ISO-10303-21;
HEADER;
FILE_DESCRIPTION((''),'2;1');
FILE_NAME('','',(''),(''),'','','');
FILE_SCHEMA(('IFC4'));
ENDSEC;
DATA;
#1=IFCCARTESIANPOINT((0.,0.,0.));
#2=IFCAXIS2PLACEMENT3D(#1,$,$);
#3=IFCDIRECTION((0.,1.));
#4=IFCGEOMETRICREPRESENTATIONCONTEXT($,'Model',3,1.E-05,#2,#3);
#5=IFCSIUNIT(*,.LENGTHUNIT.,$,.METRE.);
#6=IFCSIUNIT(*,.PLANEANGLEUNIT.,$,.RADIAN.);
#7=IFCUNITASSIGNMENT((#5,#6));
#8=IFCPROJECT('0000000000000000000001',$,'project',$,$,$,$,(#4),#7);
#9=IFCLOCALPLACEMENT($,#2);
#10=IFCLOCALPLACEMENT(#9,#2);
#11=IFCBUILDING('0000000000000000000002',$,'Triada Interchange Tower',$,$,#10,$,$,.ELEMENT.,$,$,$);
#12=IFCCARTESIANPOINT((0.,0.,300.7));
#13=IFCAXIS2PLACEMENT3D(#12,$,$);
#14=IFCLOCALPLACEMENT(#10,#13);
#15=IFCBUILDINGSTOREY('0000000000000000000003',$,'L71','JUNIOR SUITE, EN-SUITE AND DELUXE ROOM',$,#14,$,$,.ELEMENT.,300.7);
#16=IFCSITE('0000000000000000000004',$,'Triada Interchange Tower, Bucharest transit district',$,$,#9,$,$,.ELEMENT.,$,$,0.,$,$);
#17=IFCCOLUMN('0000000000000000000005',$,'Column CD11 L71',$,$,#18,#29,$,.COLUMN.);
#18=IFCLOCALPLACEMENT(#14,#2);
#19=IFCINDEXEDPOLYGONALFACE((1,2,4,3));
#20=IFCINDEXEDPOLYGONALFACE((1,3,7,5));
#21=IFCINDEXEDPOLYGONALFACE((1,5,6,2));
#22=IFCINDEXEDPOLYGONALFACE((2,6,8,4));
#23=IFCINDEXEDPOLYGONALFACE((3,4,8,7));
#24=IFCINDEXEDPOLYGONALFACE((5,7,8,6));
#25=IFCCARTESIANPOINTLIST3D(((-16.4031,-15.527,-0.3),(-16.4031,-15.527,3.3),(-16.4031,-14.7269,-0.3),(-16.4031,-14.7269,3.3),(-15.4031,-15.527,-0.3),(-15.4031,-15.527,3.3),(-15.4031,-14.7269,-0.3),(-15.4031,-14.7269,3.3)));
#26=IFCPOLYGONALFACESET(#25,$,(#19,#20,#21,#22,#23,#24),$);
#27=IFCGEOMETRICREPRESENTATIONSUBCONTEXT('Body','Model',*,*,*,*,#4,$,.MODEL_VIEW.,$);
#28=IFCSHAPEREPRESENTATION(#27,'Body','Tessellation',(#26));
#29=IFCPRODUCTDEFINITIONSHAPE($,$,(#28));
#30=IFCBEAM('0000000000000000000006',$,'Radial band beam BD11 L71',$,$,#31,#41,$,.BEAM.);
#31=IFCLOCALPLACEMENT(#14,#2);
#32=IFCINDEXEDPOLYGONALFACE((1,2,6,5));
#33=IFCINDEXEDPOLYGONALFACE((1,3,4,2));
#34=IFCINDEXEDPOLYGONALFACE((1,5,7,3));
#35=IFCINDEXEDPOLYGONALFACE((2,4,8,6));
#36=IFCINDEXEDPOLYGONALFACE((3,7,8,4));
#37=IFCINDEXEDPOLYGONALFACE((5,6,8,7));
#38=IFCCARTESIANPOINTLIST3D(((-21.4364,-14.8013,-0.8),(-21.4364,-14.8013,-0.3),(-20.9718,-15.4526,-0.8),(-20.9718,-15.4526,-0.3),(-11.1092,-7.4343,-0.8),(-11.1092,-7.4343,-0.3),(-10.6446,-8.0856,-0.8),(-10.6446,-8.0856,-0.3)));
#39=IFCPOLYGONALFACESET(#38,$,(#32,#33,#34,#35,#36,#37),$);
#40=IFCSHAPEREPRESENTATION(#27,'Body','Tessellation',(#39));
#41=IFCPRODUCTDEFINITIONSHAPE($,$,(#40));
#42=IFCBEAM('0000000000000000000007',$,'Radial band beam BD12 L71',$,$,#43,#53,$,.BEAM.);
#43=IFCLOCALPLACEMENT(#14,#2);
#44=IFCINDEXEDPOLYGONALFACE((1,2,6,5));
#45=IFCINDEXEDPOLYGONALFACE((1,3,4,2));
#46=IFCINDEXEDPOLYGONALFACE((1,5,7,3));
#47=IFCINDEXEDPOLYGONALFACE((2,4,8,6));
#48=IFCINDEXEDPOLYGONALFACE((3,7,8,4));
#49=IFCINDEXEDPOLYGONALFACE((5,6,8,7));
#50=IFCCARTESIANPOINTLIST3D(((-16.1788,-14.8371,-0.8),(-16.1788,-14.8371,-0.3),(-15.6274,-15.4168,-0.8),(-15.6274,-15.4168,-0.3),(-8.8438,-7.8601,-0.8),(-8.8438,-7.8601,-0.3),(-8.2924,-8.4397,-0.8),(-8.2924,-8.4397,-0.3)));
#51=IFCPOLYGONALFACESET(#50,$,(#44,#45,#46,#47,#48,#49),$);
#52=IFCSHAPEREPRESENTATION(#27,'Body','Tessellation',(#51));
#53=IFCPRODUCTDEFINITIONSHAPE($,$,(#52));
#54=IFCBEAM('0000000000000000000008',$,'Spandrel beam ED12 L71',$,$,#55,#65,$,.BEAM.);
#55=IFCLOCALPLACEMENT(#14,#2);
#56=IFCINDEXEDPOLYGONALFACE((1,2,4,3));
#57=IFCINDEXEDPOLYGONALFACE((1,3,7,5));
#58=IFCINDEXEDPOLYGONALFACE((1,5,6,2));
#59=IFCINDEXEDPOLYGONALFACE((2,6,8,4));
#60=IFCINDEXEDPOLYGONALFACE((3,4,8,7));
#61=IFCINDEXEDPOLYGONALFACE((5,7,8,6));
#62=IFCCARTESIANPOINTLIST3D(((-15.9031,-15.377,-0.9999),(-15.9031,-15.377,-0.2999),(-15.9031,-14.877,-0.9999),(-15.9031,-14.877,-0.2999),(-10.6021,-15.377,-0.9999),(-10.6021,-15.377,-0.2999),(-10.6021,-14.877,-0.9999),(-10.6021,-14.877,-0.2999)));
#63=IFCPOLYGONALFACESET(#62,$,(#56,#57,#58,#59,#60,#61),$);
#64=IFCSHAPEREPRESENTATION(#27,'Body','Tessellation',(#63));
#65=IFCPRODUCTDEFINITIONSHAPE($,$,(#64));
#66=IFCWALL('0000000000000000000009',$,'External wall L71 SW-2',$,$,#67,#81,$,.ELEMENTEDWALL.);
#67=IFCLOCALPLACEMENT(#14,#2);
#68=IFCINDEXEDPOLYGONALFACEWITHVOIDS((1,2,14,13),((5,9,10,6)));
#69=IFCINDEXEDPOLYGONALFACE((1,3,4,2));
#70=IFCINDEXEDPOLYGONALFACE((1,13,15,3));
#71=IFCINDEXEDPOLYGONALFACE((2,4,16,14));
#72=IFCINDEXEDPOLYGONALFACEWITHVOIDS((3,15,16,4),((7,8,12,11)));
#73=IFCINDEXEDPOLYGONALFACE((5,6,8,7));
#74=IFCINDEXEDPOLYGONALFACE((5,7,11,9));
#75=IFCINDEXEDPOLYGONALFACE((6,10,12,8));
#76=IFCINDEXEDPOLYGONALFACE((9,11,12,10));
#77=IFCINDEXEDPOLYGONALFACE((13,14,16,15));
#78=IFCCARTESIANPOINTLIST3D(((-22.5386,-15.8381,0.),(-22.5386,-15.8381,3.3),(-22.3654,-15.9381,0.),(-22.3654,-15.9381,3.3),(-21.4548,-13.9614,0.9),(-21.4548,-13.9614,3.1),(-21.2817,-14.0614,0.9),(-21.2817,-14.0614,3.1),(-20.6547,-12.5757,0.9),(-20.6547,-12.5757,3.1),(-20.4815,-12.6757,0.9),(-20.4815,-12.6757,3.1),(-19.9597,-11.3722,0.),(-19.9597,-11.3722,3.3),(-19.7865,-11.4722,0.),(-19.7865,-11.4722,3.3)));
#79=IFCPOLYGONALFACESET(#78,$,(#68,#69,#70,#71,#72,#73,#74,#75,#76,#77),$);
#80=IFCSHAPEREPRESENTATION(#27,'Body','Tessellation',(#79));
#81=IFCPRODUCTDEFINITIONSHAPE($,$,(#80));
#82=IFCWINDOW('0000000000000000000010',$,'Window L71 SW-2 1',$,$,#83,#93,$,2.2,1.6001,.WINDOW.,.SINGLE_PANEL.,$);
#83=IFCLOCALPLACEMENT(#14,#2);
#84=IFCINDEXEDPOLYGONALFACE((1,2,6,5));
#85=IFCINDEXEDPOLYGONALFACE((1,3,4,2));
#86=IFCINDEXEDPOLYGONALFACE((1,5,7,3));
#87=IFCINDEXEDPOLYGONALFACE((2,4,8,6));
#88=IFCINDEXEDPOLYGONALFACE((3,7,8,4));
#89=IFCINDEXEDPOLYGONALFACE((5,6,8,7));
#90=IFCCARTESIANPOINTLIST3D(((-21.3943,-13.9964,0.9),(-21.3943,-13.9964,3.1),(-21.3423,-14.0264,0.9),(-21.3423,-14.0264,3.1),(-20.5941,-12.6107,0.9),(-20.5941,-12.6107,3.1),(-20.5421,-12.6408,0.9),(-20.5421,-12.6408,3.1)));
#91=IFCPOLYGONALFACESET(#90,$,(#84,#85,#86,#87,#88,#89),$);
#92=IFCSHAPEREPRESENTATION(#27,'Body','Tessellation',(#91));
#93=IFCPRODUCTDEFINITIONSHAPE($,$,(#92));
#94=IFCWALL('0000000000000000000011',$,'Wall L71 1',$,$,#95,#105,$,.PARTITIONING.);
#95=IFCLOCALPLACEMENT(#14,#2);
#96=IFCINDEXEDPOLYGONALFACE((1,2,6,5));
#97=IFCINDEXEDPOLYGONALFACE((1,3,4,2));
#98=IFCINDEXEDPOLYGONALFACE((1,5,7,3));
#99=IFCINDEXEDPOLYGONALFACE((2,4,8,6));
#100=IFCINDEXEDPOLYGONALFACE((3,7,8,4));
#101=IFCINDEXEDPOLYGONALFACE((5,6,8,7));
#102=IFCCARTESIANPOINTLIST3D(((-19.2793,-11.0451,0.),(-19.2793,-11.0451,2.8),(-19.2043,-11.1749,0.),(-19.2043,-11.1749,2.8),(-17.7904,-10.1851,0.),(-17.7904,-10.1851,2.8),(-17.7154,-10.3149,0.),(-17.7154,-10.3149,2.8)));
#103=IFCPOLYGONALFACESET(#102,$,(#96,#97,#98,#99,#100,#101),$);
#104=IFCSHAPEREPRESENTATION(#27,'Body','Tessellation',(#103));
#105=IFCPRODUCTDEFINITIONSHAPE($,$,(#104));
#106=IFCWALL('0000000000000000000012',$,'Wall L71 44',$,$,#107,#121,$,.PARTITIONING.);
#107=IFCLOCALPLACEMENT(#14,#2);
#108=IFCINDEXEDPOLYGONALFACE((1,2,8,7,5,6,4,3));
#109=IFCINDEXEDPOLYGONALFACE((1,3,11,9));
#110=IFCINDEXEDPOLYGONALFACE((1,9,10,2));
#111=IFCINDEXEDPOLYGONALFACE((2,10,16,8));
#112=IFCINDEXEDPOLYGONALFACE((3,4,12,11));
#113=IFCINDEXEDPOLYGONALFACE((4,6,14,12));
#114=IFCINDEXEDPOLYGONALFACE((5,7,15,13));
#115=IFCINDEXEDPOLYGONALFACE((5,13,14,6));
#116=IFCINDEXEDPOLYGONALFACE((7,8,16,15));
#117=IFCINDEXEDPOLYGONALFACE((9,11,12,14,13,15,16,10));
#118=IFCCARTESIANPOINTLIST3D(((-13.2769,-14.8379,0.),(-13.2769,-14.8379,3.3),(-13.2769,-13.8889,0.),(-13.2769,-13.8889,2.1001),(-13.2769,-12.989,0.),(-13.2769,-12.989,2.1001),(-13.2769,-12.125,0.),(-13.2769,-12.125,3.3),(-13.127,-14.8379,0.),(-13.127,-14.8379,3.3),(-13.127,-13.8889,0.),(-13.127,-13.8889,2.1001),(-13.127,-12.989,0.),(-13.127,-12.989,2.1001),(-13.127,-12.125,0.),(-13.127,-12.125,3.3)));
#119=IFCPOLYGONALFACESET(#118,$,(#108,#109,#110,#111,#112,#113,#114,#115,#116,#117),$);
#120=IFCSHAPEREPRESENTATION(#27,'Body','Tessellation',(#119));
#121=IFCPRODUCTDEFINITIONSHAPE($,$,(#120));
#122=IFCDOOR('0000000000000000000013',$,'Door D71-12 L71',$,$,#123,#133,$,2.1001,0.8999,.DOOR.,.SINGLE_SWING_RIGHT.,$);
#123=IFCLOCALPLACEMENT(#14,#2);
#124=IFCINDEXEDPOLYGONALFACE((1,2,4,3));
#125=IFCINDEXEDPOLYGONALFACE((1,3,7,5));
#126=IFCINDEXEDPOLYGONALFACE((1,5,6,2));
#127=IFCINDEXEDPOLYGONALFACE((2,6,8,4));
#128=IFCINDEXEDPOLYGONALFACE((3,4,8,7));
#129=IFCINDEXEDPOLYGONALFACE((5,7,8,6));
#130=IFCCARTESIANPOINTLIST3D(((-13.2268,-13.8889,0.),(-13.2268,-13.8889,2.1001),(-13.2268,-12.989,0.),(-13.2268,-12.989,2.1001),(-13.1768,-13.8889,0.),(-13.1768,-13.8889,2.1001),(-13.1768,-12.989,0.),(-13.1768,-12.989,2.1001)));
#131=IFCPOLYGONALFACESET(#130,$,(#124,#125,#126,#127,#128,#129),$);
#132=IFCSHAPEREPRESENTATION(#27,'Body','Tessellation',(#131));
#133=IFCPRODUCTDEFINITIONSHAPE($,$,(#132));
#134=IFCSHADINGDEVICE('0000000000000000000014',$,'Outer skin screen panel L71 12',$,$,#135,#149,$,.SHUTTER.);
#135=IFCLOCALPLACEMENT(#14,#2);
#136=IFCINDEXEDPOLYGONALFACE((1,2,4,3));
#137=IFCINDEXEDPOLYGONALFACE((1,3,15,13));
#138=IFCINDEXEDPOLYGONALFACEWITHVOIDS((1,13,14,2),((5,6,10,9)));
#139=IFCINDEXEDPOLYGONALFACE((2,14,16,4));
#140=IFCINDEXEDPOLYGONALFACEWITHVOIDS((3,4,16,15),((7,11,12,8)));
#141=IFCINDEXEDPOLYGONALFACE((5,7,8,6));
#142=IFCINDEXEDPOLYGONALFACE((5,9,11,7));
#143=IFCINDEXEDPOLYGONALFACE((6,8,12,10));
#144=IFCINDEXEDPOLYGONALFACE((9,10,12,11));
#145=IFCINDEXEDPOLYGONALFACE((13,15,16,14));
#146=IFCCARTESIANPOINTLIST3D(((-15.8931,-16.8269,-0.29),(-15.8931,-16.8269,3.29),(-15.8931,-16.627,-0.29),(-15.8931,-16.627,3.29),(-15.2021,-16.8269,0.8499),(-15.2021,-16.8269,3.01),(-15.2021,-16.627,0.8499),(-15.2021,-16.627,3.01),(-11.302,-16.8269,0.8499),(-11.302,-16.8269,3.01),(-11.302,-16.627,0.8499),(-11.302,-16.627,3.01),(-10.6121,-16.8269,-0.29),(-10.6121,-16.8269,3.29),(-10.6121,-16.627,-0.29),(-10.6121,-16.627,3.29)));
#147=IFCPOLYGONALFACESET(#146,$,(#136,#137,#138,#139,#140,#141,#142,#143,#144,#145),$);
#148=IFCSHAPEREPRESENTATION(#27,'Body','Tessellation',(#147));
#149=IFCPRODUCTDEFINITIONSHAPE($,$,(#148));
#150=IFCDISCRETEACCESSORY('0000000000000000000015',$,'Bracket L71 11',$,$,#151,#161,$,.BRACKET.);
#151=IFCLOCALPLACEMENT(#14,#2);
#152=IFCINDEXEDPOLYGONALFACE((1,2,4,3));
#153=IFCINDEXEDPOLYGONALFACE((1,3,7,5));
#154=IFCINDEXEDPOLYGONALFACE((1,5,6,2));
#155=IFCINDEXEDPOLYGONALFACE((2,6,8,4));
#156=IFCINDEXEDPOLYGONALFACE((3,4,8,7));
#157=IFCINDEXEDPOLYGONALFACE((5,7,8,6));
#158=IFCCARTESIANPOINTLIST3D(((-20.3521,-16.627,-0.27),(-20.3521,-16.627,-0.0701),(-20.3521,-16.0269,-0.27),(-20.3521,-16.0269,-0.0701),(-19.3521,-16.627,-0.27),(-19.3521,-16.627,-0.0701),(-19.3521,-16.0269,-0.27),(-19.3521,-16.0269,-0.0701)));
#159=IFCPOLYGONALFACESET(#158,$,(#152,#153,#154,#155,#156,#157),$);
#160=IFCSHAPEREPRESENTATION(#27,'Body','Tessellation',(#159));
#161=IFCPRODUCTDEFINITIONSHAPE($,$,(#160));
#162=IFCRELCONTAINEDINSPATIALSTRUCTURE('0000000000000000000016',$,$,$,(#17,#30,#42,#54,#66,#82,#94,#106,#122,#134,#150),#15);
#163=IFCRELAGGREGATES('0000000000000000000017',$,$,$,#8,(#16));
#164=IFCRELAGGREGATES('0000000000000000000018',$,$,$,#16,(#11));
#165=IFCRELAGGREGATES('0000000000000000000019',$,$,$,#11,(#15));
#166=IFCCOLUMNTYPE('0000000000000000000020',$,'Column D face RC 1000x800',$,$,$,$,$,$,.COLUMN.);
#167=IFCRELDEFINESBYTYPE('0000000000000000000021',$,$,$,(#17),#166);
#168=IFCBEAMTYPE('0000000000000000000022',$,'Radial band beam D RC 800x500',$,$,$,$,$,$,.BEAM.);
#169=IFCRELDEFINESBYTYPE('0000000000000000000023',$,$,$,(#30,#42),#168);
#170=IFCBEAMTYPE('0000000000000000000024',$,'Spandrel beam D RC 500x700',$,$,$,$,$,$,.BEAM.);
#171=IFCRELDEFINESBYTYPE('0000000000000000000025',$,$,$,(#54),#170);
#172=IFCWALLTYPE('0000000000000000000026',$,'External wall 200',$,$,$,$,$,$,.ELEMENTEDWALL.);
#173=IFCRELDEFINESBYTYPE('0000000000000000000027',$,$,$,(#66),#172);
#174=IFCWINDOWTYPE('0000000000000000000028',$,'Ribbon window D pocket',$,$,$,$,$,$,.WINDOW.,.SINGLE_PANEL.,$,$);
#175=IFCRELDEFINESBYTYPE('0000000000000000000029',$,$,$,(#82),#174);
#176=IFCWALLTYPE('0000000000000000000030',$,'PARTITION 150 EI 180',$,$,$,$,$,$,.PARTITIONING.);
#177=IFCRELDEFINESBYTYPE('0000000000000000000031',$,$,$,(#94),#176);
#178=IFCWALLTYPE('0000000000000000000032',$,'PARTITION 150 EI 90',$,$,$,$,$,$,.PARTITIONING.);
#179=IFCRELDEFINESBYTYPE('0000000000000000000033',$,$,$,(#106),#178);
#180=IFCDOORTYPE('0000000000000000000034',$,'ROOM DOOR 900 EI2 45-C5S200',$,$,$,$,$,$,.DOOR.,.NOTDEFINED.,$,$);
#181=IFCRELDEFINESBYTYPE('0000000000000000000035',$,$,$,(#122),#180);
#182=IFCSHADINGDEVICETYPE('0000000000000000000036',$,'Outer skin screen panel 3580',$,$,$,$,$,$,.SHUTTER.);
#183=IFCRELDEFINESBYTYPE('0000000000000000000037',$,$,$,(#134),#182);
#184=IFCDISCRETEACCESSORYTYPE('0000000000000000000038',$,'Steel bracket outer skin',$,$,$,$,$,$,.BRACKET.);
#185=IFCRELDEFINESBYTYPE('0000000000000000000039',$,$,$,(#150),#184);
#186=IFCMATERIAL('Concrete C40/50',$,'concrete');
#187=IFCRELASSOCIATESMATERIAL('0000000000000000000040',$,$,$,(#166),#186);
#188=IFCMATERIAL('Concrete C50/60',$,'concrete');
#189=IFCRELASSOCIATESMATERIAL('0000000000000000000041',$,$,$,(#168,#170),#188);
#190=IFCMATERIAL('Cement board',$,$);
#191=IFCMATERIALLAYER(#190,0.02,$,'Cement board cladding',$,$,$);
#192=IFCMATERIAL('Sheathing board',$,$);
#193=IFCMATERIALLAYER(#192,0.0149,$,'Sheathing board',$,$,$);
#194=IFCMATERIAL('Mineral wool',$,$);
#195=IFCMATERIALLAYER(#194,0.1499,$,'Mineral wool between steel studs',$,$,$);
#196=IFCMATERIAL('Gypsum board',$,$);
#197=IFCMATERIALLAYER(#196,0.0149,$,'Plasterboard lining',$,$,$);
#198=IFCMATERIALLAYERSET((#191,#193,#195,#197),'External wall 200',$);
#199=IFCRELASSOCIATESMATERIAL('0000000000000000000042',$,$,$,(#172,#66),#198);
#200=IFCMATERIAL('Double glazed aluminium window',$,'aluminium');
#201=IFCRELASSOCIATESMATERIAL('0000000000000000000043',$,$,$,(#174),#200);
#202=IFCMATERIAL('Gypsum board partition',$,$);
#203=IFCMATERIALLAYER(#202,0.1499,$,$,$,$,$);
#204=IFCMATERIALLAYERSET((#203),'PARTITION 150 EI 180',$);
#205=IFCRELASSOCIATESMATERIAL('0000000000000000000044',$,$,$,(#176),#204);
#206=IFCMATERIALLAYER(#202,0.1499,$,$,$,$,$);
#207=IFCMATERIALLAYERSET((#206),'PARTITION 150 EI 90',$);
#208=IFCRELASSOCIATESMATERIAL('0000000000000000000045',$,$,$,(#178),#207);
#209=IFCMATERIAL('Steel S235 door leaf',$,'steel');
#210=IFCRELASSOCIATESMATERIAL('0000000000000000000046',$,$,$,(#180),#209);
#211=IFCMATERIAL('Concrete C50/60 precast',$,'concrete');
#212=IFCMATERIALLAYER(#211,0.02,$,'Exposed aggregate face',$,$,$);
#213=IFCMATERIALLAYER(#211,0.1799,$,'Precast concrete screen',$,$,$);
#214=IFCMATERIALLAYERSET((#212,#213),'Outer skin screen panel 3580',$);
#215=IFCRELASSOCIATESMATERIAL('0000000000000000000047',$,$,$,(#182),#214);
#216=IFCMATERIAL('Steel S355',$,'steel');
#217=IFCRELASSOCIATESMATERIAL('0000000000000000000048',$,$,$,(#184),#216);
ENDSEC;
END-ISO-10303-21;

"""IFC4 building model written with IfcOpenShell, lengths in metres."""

from ifc_helpers import new_model, si_unit, direction, frame, frame_2d, origin, origin_2d, place, context, subcontext, project, spatial, polyline, rectangle, outline, extrude, material, layer, layer_set, layer_usage, material_profile, profile_set, type_object, element, fill, save


model = new_model("IFC4")

# Units and contexts
model_context = context("Model", 3, precision=1e-05, world=origin(), true_north=direction((0.0, 1.0)))
body_context = subcontext(model_context, "Body", "Model", "MODEL_VIEW")
ifc_project = project(units=[si_unit("LENGTHUNIT", "METRE"), si_unit("PLANEANGLEUNIT", "RADIAN")], contexts=[model_context])

# Site, building, storey
site_placement = place(None, origin())
site = spatial("IfcSite", under=ifc_project, at=site_placement, Name="Triada Interchange Tower, Bucharest transit district", CompositionType="ELEMENT", RefElevation=0.0)
building_placement = place(site_placement, origin())
building = spatial("IfcBuilding", under=site, at=building_placement, Name="Triada Interchange Tower", CompositionType="ELEMENT")
storey_placement = place(building_placement, frame((0.0, 0.0, 300.7)))
storey = spatial("IfcBuildingStorey", under=building, at=storey_placement, Name="L71", Description="JUNIOR SUITE, EN-SUITE AND DELUXE ROOM", CompositionType="ELEMENT", Elevation=300.7)

# Column
ifc_material_1 = material(Name="Concrete C40/50", Category="concrete")
ifc_material_profile_1 = material_profile(ifc_material_1, rectangle(XDim=1.0, YDim=0.8, at=origin_2d()), Name="RC 1000x800")
ifc_profile_set_1 = profile_set([ifc_material_profile_1], Name="Concrete C40/50")
column_type = type_object("IfcColumnType", Name="Column D face RC 1000x800", PredefinedType="COLUMN", material=ifc_profile_set_1)
column_placement = place(storey_placement, frame((-15.9031, -15.127, -0.3), z_axis=(0.0, 0.0, 1.0), x_axis=(1.0, 0.0, 0.0)))
element("IfcColumn", 1, at=column_placement, inside=storey, type_object=column_type, Name="Column CD11 L71", PredefinedType="COLUMN", context=body_context, shape_type="SweptSolid", body=[
    extrude(rectangle(XDim=1.0, YDim=0.8, at=origin_2d()), origin(), (0.0, 0.0, 1.0), 3.6001),
])

# Beams
ifc_material_2 = material(Name="Concrete C50/60", Category="concrete")
ifc_material_profile_2 = material_profile(ifc_material_2, rectangle(XDim=0.8, YDim=0.5, at=origin_2d()), Name="RC 800x500")
ifc_profile_set_2 = profile_set([ifc_material_profile_2], Name="Concrete C50/60")
beam_type_1 = type_object("IfcBeamType", Name="Radial band beam D RC 800x500", PredefinedType="BEAM", material=ifc_profile_set_2)
beam_1_placement = place(storey_placement, frame((-21.2041, -15.127, -0.55), z_axis=(0.814091, 0.580737, 0.0), x_axis=(-0.580737, 0.814091, 0.0)))
element("IfcBeam", 2, at=beam_1_placement, inside=storey, type_object=beam_type_1, Name="Radial band beam BD11 L71", PredefinedType="BEAM", context=body_context, shape_type="SweptSolid", body=[
    extrude(rectangle(XDim=0.8, YDim=0.5, at=origin_2d()), origin(), (0.0, 0.0, 1.0), 12.6855),
])
beam_2_placement = place(storey_placement, frame((-15.9031, -15.127, -0.55), z_axis=(0.724563, 0.689208, 0.0), x_axis=(-0.689208, 0.724563, 0.0)))
element("IfcBeam", 3, at=beam_2_placement, inside=storey, type_object=beam_type_1, Name="Radial band beam BD12 L71", PredefinedType="BEAM", context=body_context, shape_type="SweptSolid", body=[
    extrude(rectangle(XDim=0.8, YDim=0.5, at=origin_2d()), origin(), (0.0, 0.0, 1.0), 10.1233),
])
ifc_material_profile_3 = material_profile(ifc_material_2, rectangle(XDim=0.5, YDim=0.7, at=origin_2d()), Name="RC 500x700")
ifc_profile_set_3 = profile_set([ifc_material_profile_3], Name="Concrete C50/60")
beam_type_2 = type_object("IfcBeamType", Name="Spandrel beam D RC 500x700", PredefinedType="BEAM", material=ifc_profile_set_3)
beam_3_placement = place(storey_placement, frame((-15.9031, -15.127, -0.6499), z_axis=(1.0, 0.0, 0.0), x_axis=(0.0, 1.0, 0.0)))
element("IfcBeam", 4, at=beam_3_placement, inside=storey, type_object=beam_type_2, Name="Spandrel beam ED12 L71", PredefinedType="BEAM", context=body_context, shape_type="SweptSolid", body=[
    extrude(rectangle(XDim=0.5, YDim=0.7, at=origin_2d()), origin(), (0.0, 0.0, 1.0), 5.301),
])

# Wall, opening, window
ifc_material_3 = material(Name="Cement board")
ifc_layer_1 = layer(ifc_material_3, 0.02, Name="Cement board cladding")
ifc_material_4 = material(Name="Sheathing board")
ifc_layer_2 = layer(ifc_material_4, 0.0149, Name="Sheathing board")
ifc_material_5 = material(Name="Mineral wool")
ifc_layer_3 = layer(ifc_material_5, 0.1499, Name="Mineral wool between steel studs")
ifc_material_6 = material(Name="Gypsum board")
ifc_layer_4 = layer(ifc_material_6, 0.0149, Name="Plasterboard lining")
ifc_layer_set_1 = layer_set([ifc_layer_1, ifc_layer_2, ifc_layer_3, ifc_layer_4], Name="External wall 200")
ifc_layer_usage = layer_usage(ifc_layer_set_1, "AXIS2", "POSITIVE", -0.1001)
wall_type_1 = type_object("IfcWallType", Name="External wall 200", PredefinedType="ELEMENTEDWALL", material=ifc_layer_set_1)
wall_1_placement = place(storey_placement, frame((-19.873, -11.4221, 0.0), z_axis=(0.0, 0.0, 1.0), x_axis=(-0.500075, -0.865982, 0.0)))
wall_1 = element("IfcWall", 5, at=wall_1_placement, inside=storey, type_object=wall_type_1, material=ifc_layer_usage, Name="External wall L71 SW-2", PredefinedType="ELEMENTEDWALL", context=body_context, shape_type="SweptSolid", body=[
    extrude(rectangle(XDim=5.157, YDim=0.2, at=frame_2d((2.5786, 0.0))), origin(), (0.0, 0.0, 1.0), 3.3),
])
opening_1_placement = place(wall_1_placement, frame((1.3899, 0.0, 0.8999)))
opening_1 = element("IfcOpeningElement", 6, at=opening_1_placement, cuts=wall_1, PredefinedType="OPENING", context=body_context, shape_type="SweptSolid", body=[
    extrude(rectangle(XDim=1.6001, YDim=2.2, at=frame_2d((0.8, 1.1001))), frame((0.0, 0.1099, 0.0), z_axis=(0.0, -1.0, 0.0), x_axis=(1.0, 0.0, 0.0)), (0.0, 0.0, 1.0), 0.22),
])
ifc_material_7 = material(Name="Double glazed aluminium window", Category="aluminium")
window_type = type_object("IfcWindowType", Name="Ribbon window D pocket", PartitioningType="SINGLE_PANEL", PredefinedType="WINDOW", material=ifc_material_7)
window_placement = place(opening_1_placement, origin())
window = element("IfcWindow", 7, at=window_placement, inside=storey, type_object=window_type, Name="Window L71 SW-2 1", OverallHeight=2.2, OverallWidth=1.6001, PartitioningType="SINGLE_PANEL", PredefinedType="WINDOW", context=body_context, shape_type="SweptSolid", body=[
    extrude(rectangle(XDim=1.6001, YDim=2.2, at=frame_2d((0.8, 1.1001))), frame((0.0, 0.03, 0.0), z_axis=(0.0, -1.0, 0.0), x_axis=(1.0, 0.0, 0.0)), (0.0, 0.0, 1.0), 0.0601),
])
fill(opening_1, window)

# Wall
ifc_material_8 = material(Name="Gypsum board partition")
ifc_layer_5 = layer(ifc_material_8, 0.1499)
ifc_layer_set_2 = layer_set([ifc_layer_5], Name="PARTITION 150 EI 180")
wall_type_2 = type_object("IfcWallType", Name="PARTITION 150 EI 180", PredefinedType="PARTITIONING", material=ifc_layer_set_2)
wall_2_placement = place(storey_placement, frame((-19.2419, -11.1101, 0.0), z_axis=(0.0, 0.0, 1.0), x_axis=(0.865918, 0.500185, 0.0)))
element("IfcWall", 8, at=wall_2_placement, inside=storey, type_object=wall_type_2, Name="Wall L71 1", PredefinedType="PARTITIONING", context=body_context, shape_type="SweptSolid", body=[
    extrude(rectangle(XDim=1.7195, YDim=0.1499, at=frame_2d((0.8599, 0.0))), origin(), (0.0, 0.0, 1.0), 2.8),
])

# Wall, opening, door
ifc_layer_6 = layer(ifc_material_8, 0.1499)
ifc_layer_set_3 = layer_set([ifc_layer_6], Name="PARTITION 150 EI 90")
wall_type_3 = type_object("IfcWallType", Name="PARTITION 150 EI 90", PredefinedType="PARTITIONING", material=ifc_layer_set_3)
wall_3_placement = place(storey_placement, frame((-13.2019, -14.8379, 0.0), z_axis=(0.0, 0.0, 1.0), x_axis=(0.0, 1.0, 0.0)))
wall_3 = element("IfcWall", 9, at=wall_3_placement, inside=storey, type_object=wall_type_3, Name="Wall L71 44", PredefinedType="PARTITIONING", context=body_context, shape_type="SweptSolid", body=[
    extrude(rectangle(XDim=2.7129, YDim=0.1499, at=frame_2d((1.3564, 0.0))), origin(), (0.0, 0.0, 1.0), 3.3),
])
opening_2_placement = place(wall_3_placement, frame((0.949, 0.0, 0.0)))
opening_2 = element("IfcOpeningElement", 10, at=opening_2_placement, cuts=wall_3, PredefinedType="OPENING", context=body_context, shape_type="SweptSolid", body=[
    extrude(rectangle(XDim=0.8999, YDim=2.1001, at=frame_2d((0.45, 1.05))), frame((0.0, 0.085, 0.0), z_axis=(0.0, -1.0, 0.0), x_axis=(1.0, 0.0, 0.0)), (0.0, 0.0, 1.0), 0.1699),
])
ifc_material_9 = material(Name="Steel S235 door leaf", Category="steel")
door_type = type_object("IfcDoorType", Name="ROOM DOOR 900 EI2 45-C5S200", OperationType="NOTDEFINED", PredefinedType="DOOR", material=ifc_material_9)
door_placement = place(opening_2_placement, origin())
door = element("IfcDoor", 11, at=door_placement, inside=storey, type_object=door_type, Name="Door D71-12 L71", OperationType="SINGLE_SWING_RIGHT", OverallHeight=2.1001, OverallWidth=0.8999, PredefinedType="DOOR", context=body_context, shape_type="SweptSolid", body=[
    extrude(rectangle(XDim=0.8999, YDim=2.1001, at=frame_2d((0.45, 1.05))), frame((0.0, 0.0249, 0.0), z_axis=(0.0, -1.0, 0.0), x_axis=(1.0, 0.0, 0.0)), (0.0, 0.0, 1.0), 0.05),
])
fill(opening_2, door)

# Shading device
ifc_material_10 = material(Name="Concrete C50/60 precast", Category="concrete")
ifc_layer_7 = layer(ifc_material_10, 0.02, Name="Exposed aggregate face")
ifc_layer_8 = layer(ifc_material_10, 0.1799, Name="Precast concrete screen")
ifc_layer_set_4 = layer_set([ifc_layer_7, ifc_layer_8], Name="Outer skin screen panel 3580")
shading_device_type = type_object("IfcShadingDeviceType", Name="Outer skin screen panel 3580", PredefinedType="SHUTTER", material=ifc_layer_set_4)
shading_device_placement = place(storey_placement, frame((-15.8931, -16.627, -0.29), z_axis=(0.0, 0.0, 1.0), x_axis=(1.0, 0.0, 0.0)))
element("IfcShadingDevice", 12, at=shading_device_placement, inside=storey, type_object=shading_device_type, Name="Outer skin screen panel L71 12", PredefinedType="SHUTTER", context=body_context, shape_type="SweptSolid", body=[
    extrude(outline(polyline([(0.0, 0.0), (5.281, 0.0), (5.281, 3.5801), (0.0, 3.5801), (0.0, 0.0)]), holes=[polyline([(0.6909, 1.1399), (0.6909, 3.3), (4.5911, 3.3), (4.5911, 1.1399), (0.6909, 1.1399)])]), frame((0.0, 0.0, 0.0), z_axis=(0.0, -1.0, 0.0), x_axis=(1.0, 0.0, 0.0)), (0.0, 0.0, 1.0), 0.2),
])

# Discrete accessory
ifc_material_11 = material(Name="Steel S355", Category="steel")
discrete_accessory_type = type_object("IfcDiscreteAccessoryType", Name="Steel bracket outer skin", PredefinedType="BRACKET", material=ifc_material_11)
for number, where, z_axis, x_axis, name in (
    (13, (-19.8521, -16.3269, -0.27), (0.0, 0.0, 1.0), (0.0, -1.0, 0.0), "Bracket L71 11"),
):
    element("IfcDiscreteAccessory", number, at=place(storey_placement, frame(where, z_axis=z_axis, x_axis=x_axis)), inside=storey, type_object=discrete_accessory_type, Name=name, PredefinedType="BRACKET", context=body_context, shape_type="SweptSolid", body=[
        extrude(rectangle(XDim=0.6001, YDim=1.0, at=origin_2d()), origin(), (0.0, 0.0, 1.0), 0.2),
    ])

save(model, "model.ifc")
